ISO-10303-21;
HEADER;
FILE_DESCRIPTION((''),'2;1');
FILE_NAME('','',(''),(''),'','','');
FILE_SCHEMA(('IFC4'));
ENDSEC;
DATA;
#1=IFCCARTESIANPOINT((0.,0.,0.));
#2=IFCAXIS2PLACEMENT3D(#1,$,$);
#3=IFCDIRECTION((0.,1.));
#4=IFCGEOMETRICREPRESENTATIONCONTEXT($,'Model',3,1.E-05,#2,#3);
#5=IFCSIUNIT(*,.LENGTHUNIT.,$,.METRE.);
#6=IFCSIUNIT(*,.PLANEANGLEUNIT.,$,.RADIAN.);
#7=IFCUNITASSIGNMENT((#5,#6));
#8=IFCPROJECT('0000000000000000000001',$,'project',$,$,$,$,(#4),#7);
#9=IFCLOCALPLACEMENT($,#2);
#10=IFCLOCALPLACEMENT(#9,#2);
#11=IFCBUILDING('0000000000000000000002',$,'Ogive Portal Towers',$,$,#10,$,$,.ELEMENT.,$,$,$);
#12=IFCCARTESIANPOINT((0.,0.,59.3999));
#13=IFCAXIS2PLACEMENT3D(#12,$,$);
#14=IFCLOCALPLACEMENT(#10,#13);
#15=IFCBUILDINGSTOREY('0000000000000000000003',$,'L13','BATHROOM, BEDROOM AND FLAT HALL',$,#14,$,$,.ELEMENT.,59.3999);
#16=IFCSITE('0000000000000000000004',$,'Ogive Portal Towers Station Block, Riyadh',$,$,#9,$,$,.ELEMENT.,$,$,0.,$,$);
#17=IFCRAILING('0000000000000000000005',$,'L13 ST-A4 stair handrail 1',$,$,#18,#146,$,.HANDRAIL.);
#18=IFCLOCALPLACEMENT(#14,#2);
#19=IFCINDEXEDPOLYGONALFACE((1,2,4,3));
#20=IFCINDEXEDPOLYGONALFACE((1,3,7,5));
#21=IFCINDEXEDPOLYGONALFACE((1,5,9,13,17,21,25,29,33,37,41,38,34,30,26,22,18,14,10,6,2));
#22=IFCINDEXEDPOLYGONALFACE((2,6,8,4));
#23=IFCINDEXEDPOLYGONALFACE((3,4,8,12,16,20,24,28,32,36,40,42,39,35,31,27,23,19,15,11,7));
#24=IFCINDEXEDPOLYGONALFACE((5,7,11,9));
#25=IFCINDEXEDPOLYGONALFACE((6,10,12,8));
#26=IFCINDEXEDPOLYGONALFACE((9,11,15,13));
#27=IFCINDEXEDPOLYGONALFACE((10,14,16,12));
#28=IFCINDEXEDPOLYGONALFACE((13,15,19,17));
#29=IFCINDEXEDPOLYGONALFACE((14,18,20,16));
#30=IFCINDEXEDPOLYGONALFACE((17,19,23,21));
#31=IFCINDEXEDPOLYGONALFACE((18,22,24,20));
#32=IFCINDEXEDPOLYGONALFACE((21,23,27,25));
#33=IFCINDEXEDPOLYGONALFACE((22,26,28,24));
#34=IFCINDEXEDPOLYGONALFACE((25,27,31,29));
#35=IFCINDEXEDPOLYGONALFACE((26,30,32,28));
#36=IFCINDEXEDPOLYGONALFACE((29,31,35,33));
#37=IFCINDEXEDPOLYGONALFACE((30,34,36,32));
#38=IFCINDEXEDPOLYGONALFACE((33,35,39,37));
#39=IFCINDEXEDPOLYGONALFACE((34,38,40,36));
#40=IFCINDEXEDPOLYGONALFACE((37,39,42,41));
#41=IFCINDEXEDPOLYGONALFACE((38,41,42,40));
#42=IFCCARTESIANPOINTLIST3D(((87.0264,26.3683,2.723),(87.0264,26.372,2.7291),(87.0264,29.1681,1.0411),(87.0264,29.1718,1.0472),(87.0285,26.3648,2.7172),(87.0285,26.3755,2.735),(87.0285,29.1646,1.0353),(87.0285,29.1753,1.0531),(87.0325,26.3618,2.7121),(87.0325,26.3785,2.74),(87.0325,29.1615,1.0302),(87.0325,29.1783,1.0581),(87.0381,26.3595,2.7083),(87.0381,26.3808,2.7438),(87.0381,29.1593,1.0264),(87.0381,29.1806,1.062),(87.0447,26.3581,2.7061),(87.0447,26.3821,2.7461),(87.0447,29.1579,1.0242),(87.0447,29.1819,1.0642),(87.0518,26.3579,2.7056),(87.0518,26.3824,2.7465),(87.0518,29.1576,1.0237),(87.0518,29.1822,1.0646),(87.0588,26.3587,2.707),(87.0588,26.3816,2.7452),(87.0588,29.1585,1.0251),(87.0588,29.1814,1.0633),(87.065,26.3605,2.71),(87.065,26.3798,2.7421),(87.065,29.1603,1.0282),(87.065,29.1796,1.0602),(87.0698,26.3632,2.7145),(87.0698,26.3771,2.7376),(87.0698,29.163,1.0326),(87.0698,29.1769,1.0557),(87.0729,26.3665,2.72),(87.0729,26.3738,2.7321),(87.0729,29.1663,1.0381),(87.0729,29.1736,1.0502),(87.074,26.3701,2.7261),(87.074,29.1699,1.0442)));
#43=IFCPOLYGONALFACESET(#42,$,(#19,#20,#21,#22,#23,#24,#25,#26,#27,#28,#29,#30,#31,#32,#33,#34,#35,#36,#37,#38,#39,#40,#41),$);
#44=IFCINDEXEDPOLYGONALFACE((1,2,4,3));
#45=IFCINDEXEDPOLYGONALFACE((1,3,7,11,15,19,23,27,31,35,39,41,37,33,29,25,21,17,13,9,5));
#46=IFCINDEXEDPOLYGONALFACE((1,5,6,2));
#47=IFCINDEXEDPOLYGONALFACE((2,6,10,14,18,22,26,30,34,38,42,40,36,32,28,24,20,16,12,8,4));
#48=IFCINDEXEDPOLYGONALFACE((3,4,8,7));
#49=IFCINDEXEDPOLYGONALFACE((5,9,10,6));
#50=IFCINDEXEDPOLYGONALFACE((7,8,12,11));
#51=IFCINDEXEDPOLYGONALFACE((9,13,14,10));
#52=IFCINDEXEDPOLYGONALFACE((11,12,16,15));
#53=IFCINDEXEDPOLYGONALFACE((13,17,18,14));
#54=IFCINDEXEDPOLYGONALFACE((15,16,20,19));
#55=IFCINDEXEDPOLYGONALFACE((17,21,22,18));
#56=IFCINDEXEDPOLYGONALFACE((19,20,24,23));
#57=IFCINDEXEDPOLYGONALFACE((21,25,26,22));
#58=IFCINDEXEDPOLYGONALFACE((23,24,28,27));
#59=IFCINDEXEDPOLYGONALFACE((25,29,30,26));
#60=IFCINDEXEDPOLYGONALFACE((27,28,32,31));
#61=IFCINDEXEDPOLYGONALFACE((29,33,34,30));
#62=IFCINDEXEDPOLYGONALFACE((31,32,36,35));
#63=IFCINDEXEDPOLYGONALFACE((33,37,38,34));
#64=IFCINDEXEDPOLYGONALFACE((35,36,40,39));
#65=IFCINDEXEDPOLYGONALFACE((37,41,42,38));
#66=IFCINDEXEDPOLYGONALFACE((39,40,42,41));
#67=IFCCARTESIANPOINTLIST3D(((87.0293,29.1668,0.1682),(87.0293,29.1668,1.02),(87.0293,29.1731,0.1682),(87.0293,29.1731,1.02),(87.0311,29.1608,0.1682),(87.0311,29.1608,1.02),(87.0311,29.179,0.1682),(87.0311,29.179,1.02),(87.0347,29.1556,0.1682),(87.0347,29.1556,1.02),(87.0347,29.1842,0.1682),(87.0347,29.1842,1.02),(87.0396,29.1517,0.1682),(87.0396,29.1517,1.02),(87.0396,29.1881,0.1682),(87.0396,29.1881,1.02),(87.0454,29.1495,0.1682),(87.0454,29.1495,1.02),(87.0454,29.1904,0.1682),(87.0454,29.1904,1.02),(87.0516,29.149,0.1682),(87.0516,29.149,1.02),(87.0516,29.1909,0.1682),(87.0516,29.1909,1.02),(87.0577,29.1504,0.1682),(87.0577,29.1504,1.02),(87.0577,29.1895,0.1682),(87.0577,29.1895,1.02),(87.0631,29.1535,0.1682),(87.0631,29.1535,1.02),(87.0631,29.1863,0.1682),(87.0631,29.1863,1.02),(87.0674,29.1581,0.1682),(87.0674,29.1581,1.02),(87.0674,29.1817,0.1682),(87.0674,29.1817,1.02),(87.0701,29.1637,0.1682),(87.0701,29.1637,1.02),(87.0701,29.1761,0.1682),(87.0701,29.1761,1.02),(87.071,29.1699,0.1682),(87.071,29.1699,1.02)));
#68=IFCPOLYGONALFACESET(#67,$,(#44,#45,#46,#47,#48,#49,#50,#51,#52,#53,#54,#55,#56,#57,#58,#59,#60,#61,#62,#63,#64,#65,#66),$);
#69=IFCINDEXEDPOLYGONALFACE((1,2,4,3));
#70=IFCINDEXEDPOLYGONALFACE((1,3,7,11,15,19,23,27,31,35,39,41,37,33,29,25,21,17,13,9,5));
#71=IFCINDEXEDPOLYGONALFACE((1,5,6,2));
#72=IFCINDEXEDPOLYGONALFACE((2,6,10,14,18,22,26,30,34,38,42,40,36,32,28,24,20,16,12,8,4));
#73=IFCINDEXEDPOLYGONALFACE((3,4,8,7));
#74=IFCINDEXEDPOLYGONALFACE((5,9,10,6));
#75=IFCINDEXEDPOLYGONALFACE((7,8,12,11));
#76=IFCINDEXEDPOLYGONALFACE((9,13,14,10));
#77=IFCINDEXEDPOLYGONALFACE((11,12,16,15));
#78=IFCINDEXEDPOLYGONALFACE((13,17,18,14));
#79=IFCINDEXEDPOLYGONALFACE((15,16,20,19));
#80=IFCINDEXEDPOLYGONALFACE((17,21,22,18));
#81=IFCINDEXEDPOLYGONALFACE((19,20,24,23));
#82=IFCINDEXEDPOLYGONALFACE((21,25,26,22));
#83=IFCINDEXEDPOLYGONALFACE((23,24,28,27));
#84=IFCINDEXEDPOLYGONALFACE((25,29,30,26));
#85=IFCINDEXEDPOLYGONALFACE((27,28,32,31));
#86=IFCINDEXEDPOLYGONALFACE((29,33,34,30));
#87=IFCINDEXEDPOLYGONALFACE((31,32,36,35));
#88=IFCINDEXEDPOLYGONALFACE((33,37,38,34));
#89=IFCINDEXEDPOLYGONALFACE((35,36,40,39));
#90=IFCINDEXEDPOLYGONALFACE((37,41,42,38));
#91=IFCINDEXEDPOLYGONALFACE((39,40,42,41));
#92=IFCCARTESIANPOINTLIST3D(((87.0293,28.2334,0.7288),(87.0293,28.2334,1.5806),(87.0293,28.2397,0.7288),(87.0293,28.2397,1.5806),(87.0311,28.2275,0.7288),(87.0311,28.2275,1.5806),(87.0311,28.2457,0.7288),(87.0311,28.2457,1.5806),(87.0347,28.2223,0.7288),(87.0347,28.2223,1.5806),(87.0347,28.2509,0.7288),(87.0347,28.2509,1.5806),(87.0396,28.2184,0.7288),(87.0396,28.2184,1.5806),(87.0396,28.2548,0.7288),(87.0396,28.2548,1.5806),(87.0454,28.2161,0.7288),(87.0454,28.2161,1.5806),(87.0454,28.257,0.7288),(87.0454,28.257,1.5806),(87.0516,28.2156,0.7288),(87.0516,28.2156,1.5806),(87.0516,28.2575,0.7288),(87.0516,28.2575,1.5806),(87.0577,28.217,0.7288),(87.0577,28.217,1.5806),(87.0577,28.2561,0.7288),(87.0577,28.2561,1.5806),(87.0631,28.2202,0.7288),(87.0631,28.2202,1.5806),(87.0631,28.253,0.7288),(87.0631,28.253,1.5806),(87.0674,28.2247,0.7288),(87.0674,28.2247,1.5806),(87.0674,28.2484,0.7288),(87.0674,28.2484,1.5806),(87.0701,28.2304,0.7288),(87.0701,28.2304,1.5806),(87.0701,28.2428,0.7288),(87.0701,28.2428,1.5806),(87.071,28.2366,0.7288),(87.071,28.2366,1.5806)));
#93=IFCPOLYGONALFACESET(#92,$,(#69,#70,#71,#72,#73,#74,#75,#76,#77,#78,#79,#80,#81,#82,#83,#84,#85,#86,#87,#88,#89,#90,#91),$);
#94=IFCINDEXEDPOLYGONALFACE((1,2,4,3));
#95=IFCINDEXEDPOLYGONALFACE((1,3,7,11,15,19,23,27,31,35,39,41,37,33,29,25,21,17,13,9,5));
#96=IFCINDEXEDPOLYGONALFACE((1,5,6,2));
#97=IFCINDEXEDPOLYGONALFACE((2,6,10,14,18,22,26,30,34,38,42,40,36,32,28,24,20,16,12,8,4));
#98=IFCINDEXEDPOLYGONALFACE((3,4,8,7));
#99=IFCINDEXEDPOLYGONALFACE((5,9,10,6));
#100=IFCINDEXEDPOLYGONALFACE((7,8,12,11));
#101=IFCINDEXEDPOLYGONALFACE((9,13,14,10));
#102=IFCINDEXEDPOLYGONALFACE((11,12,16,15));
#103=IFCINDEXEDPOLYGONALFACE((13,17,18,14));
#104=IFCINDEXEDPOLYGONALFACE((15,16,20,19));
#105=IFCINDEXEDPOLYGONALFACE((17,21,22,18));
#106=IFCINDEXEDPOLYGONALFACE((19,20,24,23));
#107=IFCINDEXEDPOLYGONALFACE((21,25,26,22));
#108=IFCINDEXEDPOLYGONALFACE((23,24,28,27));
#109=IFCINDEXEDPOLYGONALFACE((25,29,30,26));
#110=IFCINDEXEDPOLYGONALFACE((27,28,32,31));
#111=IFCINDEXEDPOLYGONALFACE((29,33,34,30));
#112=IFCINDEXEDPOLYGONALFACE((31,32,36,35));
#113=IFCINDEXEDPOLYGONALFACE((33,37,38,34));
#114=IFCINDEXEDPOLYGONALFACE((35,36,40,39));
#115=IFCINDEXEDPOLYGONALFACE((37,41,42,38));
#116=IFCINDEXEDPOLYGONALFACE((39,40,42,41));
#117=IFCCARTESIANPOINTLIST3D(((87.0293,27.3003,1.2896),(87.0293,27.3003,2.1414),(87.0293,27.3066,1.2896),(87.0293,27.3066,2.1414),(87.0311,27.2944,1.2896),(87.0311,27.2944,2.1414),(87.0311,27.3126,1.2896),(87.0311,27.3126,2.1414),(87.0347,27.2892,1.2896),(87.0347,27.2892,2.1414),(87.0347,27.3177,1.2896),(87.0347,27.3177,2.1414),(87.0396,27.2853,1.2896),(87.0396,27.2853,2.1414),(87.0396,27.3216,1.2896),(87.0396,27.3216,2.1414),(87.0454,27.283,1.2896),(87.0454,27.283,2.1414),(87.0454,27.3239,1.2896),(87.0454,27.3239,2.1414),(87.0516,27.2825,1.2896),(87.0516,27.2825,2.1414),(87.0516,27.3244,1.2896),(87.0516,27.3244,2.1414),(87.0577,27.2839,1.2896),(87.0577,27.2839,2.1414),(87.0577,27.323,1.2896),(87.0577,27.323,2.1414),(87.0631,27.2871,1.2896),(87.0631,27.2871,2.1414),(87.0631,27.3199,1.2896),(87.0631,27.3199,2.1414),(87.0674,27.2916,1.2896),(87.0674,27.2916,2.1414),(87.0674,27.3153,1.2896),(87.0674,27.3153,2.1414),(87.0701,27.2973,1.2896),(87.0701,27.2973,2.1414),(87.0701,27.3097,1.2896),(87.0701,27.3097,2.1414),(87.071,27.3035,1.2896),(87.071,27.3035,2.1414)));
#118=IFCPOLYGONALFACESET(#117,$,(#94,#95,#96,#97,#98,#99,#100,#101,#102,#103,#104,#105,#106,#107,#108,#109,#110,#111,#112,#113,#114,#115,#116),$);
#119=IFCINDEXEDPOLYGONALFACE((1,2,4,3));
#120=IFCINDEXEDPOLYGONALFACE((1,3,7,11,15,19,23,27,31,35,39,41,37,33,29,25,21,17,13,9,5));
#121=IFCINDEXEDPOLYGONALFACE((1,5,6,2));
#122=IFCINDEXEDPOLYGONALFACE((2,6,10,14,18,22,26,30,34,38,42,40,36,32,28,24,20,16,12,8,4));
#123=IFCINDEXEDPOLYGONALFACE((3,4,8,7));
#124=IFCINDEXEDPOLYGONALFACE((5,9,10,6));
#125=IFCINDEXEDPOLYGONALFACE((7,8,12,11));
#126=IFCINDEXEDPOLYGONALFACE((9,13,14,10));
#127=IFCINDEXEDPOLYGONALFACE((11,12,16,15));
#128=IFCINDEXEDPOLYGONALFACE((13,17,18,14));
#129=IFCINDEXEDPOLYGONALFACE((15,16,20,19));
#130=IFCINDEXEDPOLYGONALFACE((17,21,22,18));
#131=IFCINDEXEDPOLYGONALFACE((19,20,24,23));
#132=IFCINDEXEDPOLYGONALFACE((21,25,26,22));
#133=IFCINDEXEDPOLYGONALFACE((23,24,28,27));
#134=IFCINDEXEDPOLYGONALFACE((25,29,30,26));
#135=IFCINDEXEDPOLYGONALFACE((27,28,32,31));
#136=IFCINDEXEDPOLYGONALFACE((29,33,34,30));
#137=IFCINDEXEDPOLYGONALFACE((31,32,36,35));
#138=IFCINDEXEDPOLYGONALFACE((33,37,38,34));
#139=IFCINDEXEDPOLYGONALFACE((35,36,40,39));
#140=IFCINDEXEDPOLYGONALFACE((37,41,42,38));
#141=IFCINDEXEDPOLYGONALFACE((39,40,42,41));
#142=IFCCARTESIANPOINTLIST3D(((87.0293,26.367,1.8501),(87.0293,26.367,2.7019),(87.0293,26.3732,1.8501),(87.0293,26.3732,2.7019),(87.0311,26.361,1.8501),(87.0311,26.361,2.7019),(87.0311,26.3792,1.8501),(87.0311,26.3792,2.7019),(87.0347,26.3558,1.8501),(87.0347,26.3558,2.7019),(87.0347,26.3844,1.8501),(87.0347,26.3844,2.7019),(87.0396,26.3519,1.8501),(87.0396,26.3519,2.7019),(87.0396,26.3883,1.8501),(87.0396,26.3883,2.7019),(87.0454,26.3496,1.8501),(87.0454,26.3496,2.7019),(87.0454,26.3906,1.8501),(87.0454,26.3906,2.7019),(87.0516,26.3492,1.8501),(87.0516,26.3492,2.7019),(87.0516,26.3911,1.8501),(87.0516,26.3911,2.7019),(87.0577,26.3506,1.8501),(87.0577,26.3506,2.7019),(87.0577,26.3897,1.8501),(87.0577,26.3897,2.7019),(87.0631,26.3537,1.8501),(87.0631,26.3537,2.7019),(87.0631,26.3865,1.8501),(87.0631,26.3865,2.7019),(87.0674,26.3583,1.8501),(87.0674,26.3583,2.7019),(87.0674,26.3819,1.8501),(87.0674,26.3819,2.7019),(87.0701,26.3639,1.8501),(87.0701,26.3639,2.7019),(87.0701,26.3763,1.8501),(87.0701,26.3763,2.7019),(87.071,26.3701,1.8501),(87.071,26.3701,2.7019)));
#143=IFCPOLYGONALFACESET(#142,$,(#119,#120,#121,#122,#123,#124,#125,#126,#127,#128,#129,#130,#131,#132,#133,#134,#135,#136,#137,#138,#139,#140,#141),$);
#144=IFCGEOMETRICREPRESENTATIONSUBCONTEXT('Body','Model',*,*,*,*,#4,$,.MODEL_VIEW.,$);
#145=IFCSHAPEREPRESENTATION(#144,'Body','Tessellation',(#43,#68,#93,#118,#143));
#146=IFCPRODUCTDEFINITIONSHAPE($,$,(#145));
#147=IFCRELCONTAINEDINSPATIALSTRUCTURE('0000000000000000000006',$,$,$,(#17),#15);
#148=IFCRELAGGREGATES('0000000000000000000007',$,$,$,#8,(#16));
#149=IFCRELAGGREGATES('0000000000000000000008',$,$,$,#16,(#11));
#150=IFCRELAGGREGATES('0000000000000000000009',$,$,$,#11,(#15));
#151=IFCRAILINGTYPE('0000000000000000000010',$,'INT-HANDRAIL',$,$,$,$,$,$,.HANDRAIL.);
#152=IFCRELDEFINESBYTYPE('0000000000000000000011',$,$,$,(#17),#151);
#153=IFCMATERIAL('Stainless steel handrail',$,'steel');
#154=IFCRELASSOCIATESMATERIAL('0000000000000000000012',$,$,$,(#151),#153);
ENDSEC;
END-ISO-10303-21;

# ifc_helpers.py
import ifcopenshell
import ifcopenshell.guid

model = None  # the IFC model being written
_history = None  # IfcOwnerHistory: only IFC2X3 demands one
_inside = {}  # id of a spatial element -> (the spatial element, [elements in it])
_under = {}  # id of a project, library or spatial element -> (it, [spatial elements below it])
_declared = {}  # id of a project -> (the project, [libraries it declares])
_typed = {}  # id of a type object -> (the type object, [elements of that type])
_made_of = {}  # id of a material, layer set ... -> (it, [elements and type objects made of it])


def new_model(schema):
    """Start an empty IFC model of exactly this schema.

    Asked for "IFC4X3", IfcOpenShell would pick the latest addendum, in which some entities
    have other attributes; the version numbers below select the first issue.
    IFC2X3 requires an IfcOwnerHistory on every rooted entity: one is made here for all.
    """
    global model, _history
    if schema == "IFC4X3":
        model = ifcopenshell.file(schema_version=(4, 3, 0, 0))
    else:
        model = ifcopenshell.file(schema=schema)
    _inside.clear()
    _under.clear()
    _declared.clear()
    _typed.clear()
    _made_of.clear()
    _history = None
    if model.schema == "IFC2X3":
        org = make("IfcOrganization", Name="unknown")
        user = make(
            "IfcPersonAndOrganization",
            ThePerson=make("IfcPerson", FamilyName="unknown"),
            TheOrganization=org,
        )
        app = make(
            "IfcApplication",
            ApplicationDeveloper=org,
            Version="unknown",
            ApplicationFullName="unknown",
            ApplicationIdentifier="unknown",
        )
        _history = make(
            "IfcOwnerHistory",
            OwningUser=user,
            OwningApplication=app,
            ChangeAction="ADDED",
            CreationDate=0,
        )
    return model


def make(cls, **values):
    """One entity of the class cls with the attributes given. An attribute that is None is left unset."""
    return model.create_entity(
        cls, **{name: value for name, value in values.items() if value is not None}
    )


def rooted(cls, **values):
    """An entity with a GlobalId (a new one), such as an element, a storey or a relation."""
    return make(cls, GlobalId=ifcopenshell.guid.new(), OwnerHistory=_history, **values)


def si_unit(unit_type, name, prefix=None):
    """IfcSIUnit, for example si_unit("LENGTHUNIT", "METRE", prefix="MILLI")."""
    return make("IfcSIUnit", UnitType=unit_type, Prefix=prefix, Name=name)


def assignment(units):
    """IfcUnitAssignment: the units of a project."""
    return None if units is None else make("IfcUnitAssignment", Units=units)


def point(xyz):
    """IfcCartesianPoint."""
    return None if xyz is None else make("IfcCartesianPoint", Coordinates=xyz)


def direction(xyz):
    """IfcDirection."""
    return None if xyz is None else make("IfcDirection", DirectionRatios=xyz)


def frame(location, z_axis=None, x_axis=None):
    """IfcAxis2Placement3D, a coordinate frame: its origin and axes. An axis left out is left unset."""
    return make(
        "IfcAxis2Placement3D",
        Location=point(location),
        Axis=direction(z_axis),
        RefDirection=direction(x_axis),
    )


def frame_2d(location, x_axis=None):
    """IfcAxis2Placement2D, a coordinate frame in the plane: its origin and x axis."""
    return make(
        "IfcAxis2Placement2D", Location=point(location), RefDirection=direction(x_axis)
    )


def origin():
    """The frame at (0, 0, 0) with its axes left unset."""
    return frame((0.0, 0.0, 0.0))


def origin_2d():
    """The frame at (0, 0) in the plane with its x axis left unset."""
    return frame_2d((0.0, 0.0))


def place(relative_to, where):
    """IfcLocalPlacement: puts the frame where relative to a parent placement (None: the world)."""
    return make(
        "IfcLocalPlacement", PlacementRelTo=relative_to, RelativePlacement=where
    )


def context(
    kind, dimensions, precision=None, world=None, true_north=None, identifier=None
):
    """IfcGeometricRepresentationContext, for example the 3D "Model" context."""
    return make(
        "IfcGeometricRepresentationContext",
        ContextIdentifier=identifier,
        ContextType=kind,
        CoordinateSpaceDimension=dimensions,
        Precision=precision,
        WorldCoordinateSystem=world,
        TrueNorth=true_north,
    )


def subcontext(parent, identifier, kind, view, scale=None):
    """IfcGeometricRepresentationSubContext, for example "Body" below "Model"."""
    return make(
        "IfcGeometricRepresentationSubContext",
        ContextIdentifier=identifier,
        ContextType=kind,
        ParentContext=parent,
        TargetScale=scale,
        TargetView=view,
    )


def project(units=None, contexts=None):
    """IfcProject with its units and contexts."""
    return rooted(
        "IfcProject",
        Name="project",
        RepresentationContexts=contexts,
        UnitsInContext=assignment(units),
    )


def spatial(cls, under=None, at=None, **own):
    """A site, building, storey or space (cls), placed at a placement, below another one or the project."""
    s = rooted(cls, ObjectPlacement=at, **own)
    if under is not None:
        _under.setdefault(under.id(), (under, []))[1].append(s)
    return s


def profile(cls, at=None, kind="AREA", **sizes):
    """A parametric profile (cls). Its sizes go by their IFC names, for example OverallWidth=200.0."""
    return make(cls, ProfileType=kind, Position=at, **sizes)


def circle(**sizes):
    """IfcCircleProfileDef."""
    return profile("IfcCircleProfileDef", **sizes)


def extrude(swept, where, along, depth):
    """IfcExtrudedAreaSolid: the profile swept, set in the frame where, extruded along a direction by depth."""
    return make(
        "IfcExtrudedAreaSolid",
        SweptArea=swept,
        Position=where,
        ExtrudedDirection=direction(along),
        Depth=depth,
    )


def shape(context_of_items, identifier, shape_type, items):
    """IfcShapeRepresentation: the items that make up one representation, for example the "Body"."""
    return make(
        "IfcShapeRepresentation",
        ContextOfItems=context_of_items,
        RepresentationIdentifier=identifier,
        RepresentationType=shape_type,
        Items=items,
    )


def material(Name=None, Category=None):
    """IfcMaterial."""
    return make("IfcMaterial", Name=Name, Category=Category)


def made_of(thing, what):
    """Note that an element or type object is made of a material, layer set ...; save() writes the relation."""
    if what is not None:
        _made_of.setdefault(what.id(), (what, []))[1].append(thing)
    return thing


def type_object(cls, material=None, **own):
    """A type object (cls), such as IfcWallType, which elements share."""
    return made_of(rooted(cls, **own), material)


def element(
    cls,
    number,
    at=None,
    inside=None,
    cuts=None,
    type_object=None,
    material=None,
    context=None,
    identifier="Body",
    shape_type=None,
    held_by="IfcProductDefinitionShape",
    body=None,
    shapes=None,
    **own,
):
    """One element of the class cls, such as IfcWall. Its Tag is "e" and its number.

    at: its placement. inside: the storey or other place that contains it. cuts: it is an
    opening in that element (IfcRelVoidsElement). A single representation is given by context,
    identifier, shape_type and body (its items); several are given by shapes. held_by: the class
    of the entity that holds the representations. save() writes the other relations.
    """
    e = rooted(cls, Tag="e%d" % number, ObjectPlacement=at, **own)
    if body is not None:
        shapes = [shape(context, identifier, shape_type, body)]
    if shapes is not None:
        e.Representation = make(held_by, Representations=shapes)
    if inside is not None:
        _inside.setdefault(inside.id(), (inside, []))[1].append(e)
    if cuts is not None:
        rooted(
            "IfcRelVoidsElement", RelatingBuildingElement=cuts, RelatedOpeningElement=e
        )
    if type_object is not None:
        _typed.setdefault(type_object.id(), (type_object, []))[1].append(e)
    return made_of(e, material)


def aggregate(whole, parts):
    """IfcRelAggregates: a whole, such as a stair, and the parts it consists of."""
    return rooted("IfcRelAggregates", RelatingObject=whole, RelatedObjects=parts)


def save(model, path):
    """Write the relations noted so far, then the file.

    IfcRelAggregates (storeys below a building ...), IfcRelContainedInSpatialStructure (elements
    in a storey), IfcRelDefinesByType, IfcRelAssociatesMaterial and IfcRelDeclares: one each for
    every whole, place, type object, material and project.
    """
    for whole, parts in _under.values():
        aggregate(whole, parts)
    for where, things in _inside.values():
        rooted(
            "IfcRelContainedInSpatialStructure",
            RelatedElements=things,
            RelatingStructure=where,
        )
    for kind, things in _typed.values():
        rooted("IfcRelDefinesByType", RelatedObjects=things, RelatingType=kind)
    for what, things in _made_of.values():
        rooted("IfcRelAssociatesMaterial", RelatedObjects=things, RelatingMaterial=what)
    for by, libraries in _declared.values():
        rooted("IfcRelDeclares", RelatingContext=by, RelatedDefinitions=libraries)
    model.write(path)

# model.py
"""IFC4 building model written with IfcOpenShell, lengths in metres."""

from ifc_helpers import new_model, si_unit, direction, frame, origin, origin_2d, place, context, subcontext, project, spatial, circle, extrude, material, type_object, element, save


model = new_model("IFC4")

# Units and contexts
model_context = context("Model", 3, precision=1e-05, world=origin(), true_north=direction((0.0, 1.0)))
body_context = subcontext(model_context, "Body", "Model", "MODEL_VIEW")
ifc_project = project(units=[si_unit("LENGTHUNIT", "METRE"), si_unit("PLANEANGLEUNIT", "RADIAN")], contexts=[model_context])

# Site, building, storey
site_placement = place(None, origin())
site = spatial("IfcSite", under=ifc_project, at=site_placement, Name="Ogive Portal Towers Station Block, Riyadh", CompositionType="ELEMENT", RefElevation=0.0)
building_placement = place(site_placement, origin())
building = spatial("IfcBuilding", under=site, at=building_placement, Name="Ogive Portal Towers", CompositionType="ELEMENT")
storey_placement = place(building_placement, frame((0.0, 0.0, 59.3999)))
storey = spatial("IfcBuildingStorey", under=building, at=storey_placement, Name="L13", Description="BATHROOM, BEDROOM AND FLAT HALL", CompositionType="ELEMENT", Elevation=59.3999)

# Railing
ifc_material_1 = material(Name="Stainless steel handrail", Category="steel")
railing_type_1 = type_object("IfcRailingType", Name="INT-HANDRAIL", PredefinedType="HANDRAIL", material=ifc_material_1)
railing_1_placement = place(storey_placement, frame((87.05, 29.1699, 0.1682)))
element("IfcRailing", 1, at=railing_1_placement, inside=storey, type_object=railing_type_1, Name="L13 ST-A4 stair handrail 1", PredefinedType="HANDRAIL", context=body_context, shape_type="SweptSolid", body=[
    extrude(circle(Radius=0.0239, at=origin_2d()), frame((0.0, 0.0, 0.876), z_axis=(0.0, -0.857222, 0.514946), x_axis=(1.0, 0.0, 0.0)), (0.0, 0.0, 1.0), 3.2661),
    extrude(circle(Radius=0.021, at=origin_2d()), origin(), (0.0, 0.0, 1.0), 0.8518),
    extrude(circle(Radius=0.021, at=origin_2d()), frame((0.0, -0.9333, 0.5605)), (0.0, 0.0, 1.0), 0.8518),
    extrude(circle(Radius=0.021, at=origin_2d()), frame((0.0, -1.8665, 1.1213)), (0.0, 0.0, 1.0), 0.8518),
    extrude(circle(Radius=0.021, at=origin_2d()), frame((0.0, -2.7998, 1.6819)), (0.0, 0.0, 1.0), 0.8518),
])

save(model, "model.ifc")
